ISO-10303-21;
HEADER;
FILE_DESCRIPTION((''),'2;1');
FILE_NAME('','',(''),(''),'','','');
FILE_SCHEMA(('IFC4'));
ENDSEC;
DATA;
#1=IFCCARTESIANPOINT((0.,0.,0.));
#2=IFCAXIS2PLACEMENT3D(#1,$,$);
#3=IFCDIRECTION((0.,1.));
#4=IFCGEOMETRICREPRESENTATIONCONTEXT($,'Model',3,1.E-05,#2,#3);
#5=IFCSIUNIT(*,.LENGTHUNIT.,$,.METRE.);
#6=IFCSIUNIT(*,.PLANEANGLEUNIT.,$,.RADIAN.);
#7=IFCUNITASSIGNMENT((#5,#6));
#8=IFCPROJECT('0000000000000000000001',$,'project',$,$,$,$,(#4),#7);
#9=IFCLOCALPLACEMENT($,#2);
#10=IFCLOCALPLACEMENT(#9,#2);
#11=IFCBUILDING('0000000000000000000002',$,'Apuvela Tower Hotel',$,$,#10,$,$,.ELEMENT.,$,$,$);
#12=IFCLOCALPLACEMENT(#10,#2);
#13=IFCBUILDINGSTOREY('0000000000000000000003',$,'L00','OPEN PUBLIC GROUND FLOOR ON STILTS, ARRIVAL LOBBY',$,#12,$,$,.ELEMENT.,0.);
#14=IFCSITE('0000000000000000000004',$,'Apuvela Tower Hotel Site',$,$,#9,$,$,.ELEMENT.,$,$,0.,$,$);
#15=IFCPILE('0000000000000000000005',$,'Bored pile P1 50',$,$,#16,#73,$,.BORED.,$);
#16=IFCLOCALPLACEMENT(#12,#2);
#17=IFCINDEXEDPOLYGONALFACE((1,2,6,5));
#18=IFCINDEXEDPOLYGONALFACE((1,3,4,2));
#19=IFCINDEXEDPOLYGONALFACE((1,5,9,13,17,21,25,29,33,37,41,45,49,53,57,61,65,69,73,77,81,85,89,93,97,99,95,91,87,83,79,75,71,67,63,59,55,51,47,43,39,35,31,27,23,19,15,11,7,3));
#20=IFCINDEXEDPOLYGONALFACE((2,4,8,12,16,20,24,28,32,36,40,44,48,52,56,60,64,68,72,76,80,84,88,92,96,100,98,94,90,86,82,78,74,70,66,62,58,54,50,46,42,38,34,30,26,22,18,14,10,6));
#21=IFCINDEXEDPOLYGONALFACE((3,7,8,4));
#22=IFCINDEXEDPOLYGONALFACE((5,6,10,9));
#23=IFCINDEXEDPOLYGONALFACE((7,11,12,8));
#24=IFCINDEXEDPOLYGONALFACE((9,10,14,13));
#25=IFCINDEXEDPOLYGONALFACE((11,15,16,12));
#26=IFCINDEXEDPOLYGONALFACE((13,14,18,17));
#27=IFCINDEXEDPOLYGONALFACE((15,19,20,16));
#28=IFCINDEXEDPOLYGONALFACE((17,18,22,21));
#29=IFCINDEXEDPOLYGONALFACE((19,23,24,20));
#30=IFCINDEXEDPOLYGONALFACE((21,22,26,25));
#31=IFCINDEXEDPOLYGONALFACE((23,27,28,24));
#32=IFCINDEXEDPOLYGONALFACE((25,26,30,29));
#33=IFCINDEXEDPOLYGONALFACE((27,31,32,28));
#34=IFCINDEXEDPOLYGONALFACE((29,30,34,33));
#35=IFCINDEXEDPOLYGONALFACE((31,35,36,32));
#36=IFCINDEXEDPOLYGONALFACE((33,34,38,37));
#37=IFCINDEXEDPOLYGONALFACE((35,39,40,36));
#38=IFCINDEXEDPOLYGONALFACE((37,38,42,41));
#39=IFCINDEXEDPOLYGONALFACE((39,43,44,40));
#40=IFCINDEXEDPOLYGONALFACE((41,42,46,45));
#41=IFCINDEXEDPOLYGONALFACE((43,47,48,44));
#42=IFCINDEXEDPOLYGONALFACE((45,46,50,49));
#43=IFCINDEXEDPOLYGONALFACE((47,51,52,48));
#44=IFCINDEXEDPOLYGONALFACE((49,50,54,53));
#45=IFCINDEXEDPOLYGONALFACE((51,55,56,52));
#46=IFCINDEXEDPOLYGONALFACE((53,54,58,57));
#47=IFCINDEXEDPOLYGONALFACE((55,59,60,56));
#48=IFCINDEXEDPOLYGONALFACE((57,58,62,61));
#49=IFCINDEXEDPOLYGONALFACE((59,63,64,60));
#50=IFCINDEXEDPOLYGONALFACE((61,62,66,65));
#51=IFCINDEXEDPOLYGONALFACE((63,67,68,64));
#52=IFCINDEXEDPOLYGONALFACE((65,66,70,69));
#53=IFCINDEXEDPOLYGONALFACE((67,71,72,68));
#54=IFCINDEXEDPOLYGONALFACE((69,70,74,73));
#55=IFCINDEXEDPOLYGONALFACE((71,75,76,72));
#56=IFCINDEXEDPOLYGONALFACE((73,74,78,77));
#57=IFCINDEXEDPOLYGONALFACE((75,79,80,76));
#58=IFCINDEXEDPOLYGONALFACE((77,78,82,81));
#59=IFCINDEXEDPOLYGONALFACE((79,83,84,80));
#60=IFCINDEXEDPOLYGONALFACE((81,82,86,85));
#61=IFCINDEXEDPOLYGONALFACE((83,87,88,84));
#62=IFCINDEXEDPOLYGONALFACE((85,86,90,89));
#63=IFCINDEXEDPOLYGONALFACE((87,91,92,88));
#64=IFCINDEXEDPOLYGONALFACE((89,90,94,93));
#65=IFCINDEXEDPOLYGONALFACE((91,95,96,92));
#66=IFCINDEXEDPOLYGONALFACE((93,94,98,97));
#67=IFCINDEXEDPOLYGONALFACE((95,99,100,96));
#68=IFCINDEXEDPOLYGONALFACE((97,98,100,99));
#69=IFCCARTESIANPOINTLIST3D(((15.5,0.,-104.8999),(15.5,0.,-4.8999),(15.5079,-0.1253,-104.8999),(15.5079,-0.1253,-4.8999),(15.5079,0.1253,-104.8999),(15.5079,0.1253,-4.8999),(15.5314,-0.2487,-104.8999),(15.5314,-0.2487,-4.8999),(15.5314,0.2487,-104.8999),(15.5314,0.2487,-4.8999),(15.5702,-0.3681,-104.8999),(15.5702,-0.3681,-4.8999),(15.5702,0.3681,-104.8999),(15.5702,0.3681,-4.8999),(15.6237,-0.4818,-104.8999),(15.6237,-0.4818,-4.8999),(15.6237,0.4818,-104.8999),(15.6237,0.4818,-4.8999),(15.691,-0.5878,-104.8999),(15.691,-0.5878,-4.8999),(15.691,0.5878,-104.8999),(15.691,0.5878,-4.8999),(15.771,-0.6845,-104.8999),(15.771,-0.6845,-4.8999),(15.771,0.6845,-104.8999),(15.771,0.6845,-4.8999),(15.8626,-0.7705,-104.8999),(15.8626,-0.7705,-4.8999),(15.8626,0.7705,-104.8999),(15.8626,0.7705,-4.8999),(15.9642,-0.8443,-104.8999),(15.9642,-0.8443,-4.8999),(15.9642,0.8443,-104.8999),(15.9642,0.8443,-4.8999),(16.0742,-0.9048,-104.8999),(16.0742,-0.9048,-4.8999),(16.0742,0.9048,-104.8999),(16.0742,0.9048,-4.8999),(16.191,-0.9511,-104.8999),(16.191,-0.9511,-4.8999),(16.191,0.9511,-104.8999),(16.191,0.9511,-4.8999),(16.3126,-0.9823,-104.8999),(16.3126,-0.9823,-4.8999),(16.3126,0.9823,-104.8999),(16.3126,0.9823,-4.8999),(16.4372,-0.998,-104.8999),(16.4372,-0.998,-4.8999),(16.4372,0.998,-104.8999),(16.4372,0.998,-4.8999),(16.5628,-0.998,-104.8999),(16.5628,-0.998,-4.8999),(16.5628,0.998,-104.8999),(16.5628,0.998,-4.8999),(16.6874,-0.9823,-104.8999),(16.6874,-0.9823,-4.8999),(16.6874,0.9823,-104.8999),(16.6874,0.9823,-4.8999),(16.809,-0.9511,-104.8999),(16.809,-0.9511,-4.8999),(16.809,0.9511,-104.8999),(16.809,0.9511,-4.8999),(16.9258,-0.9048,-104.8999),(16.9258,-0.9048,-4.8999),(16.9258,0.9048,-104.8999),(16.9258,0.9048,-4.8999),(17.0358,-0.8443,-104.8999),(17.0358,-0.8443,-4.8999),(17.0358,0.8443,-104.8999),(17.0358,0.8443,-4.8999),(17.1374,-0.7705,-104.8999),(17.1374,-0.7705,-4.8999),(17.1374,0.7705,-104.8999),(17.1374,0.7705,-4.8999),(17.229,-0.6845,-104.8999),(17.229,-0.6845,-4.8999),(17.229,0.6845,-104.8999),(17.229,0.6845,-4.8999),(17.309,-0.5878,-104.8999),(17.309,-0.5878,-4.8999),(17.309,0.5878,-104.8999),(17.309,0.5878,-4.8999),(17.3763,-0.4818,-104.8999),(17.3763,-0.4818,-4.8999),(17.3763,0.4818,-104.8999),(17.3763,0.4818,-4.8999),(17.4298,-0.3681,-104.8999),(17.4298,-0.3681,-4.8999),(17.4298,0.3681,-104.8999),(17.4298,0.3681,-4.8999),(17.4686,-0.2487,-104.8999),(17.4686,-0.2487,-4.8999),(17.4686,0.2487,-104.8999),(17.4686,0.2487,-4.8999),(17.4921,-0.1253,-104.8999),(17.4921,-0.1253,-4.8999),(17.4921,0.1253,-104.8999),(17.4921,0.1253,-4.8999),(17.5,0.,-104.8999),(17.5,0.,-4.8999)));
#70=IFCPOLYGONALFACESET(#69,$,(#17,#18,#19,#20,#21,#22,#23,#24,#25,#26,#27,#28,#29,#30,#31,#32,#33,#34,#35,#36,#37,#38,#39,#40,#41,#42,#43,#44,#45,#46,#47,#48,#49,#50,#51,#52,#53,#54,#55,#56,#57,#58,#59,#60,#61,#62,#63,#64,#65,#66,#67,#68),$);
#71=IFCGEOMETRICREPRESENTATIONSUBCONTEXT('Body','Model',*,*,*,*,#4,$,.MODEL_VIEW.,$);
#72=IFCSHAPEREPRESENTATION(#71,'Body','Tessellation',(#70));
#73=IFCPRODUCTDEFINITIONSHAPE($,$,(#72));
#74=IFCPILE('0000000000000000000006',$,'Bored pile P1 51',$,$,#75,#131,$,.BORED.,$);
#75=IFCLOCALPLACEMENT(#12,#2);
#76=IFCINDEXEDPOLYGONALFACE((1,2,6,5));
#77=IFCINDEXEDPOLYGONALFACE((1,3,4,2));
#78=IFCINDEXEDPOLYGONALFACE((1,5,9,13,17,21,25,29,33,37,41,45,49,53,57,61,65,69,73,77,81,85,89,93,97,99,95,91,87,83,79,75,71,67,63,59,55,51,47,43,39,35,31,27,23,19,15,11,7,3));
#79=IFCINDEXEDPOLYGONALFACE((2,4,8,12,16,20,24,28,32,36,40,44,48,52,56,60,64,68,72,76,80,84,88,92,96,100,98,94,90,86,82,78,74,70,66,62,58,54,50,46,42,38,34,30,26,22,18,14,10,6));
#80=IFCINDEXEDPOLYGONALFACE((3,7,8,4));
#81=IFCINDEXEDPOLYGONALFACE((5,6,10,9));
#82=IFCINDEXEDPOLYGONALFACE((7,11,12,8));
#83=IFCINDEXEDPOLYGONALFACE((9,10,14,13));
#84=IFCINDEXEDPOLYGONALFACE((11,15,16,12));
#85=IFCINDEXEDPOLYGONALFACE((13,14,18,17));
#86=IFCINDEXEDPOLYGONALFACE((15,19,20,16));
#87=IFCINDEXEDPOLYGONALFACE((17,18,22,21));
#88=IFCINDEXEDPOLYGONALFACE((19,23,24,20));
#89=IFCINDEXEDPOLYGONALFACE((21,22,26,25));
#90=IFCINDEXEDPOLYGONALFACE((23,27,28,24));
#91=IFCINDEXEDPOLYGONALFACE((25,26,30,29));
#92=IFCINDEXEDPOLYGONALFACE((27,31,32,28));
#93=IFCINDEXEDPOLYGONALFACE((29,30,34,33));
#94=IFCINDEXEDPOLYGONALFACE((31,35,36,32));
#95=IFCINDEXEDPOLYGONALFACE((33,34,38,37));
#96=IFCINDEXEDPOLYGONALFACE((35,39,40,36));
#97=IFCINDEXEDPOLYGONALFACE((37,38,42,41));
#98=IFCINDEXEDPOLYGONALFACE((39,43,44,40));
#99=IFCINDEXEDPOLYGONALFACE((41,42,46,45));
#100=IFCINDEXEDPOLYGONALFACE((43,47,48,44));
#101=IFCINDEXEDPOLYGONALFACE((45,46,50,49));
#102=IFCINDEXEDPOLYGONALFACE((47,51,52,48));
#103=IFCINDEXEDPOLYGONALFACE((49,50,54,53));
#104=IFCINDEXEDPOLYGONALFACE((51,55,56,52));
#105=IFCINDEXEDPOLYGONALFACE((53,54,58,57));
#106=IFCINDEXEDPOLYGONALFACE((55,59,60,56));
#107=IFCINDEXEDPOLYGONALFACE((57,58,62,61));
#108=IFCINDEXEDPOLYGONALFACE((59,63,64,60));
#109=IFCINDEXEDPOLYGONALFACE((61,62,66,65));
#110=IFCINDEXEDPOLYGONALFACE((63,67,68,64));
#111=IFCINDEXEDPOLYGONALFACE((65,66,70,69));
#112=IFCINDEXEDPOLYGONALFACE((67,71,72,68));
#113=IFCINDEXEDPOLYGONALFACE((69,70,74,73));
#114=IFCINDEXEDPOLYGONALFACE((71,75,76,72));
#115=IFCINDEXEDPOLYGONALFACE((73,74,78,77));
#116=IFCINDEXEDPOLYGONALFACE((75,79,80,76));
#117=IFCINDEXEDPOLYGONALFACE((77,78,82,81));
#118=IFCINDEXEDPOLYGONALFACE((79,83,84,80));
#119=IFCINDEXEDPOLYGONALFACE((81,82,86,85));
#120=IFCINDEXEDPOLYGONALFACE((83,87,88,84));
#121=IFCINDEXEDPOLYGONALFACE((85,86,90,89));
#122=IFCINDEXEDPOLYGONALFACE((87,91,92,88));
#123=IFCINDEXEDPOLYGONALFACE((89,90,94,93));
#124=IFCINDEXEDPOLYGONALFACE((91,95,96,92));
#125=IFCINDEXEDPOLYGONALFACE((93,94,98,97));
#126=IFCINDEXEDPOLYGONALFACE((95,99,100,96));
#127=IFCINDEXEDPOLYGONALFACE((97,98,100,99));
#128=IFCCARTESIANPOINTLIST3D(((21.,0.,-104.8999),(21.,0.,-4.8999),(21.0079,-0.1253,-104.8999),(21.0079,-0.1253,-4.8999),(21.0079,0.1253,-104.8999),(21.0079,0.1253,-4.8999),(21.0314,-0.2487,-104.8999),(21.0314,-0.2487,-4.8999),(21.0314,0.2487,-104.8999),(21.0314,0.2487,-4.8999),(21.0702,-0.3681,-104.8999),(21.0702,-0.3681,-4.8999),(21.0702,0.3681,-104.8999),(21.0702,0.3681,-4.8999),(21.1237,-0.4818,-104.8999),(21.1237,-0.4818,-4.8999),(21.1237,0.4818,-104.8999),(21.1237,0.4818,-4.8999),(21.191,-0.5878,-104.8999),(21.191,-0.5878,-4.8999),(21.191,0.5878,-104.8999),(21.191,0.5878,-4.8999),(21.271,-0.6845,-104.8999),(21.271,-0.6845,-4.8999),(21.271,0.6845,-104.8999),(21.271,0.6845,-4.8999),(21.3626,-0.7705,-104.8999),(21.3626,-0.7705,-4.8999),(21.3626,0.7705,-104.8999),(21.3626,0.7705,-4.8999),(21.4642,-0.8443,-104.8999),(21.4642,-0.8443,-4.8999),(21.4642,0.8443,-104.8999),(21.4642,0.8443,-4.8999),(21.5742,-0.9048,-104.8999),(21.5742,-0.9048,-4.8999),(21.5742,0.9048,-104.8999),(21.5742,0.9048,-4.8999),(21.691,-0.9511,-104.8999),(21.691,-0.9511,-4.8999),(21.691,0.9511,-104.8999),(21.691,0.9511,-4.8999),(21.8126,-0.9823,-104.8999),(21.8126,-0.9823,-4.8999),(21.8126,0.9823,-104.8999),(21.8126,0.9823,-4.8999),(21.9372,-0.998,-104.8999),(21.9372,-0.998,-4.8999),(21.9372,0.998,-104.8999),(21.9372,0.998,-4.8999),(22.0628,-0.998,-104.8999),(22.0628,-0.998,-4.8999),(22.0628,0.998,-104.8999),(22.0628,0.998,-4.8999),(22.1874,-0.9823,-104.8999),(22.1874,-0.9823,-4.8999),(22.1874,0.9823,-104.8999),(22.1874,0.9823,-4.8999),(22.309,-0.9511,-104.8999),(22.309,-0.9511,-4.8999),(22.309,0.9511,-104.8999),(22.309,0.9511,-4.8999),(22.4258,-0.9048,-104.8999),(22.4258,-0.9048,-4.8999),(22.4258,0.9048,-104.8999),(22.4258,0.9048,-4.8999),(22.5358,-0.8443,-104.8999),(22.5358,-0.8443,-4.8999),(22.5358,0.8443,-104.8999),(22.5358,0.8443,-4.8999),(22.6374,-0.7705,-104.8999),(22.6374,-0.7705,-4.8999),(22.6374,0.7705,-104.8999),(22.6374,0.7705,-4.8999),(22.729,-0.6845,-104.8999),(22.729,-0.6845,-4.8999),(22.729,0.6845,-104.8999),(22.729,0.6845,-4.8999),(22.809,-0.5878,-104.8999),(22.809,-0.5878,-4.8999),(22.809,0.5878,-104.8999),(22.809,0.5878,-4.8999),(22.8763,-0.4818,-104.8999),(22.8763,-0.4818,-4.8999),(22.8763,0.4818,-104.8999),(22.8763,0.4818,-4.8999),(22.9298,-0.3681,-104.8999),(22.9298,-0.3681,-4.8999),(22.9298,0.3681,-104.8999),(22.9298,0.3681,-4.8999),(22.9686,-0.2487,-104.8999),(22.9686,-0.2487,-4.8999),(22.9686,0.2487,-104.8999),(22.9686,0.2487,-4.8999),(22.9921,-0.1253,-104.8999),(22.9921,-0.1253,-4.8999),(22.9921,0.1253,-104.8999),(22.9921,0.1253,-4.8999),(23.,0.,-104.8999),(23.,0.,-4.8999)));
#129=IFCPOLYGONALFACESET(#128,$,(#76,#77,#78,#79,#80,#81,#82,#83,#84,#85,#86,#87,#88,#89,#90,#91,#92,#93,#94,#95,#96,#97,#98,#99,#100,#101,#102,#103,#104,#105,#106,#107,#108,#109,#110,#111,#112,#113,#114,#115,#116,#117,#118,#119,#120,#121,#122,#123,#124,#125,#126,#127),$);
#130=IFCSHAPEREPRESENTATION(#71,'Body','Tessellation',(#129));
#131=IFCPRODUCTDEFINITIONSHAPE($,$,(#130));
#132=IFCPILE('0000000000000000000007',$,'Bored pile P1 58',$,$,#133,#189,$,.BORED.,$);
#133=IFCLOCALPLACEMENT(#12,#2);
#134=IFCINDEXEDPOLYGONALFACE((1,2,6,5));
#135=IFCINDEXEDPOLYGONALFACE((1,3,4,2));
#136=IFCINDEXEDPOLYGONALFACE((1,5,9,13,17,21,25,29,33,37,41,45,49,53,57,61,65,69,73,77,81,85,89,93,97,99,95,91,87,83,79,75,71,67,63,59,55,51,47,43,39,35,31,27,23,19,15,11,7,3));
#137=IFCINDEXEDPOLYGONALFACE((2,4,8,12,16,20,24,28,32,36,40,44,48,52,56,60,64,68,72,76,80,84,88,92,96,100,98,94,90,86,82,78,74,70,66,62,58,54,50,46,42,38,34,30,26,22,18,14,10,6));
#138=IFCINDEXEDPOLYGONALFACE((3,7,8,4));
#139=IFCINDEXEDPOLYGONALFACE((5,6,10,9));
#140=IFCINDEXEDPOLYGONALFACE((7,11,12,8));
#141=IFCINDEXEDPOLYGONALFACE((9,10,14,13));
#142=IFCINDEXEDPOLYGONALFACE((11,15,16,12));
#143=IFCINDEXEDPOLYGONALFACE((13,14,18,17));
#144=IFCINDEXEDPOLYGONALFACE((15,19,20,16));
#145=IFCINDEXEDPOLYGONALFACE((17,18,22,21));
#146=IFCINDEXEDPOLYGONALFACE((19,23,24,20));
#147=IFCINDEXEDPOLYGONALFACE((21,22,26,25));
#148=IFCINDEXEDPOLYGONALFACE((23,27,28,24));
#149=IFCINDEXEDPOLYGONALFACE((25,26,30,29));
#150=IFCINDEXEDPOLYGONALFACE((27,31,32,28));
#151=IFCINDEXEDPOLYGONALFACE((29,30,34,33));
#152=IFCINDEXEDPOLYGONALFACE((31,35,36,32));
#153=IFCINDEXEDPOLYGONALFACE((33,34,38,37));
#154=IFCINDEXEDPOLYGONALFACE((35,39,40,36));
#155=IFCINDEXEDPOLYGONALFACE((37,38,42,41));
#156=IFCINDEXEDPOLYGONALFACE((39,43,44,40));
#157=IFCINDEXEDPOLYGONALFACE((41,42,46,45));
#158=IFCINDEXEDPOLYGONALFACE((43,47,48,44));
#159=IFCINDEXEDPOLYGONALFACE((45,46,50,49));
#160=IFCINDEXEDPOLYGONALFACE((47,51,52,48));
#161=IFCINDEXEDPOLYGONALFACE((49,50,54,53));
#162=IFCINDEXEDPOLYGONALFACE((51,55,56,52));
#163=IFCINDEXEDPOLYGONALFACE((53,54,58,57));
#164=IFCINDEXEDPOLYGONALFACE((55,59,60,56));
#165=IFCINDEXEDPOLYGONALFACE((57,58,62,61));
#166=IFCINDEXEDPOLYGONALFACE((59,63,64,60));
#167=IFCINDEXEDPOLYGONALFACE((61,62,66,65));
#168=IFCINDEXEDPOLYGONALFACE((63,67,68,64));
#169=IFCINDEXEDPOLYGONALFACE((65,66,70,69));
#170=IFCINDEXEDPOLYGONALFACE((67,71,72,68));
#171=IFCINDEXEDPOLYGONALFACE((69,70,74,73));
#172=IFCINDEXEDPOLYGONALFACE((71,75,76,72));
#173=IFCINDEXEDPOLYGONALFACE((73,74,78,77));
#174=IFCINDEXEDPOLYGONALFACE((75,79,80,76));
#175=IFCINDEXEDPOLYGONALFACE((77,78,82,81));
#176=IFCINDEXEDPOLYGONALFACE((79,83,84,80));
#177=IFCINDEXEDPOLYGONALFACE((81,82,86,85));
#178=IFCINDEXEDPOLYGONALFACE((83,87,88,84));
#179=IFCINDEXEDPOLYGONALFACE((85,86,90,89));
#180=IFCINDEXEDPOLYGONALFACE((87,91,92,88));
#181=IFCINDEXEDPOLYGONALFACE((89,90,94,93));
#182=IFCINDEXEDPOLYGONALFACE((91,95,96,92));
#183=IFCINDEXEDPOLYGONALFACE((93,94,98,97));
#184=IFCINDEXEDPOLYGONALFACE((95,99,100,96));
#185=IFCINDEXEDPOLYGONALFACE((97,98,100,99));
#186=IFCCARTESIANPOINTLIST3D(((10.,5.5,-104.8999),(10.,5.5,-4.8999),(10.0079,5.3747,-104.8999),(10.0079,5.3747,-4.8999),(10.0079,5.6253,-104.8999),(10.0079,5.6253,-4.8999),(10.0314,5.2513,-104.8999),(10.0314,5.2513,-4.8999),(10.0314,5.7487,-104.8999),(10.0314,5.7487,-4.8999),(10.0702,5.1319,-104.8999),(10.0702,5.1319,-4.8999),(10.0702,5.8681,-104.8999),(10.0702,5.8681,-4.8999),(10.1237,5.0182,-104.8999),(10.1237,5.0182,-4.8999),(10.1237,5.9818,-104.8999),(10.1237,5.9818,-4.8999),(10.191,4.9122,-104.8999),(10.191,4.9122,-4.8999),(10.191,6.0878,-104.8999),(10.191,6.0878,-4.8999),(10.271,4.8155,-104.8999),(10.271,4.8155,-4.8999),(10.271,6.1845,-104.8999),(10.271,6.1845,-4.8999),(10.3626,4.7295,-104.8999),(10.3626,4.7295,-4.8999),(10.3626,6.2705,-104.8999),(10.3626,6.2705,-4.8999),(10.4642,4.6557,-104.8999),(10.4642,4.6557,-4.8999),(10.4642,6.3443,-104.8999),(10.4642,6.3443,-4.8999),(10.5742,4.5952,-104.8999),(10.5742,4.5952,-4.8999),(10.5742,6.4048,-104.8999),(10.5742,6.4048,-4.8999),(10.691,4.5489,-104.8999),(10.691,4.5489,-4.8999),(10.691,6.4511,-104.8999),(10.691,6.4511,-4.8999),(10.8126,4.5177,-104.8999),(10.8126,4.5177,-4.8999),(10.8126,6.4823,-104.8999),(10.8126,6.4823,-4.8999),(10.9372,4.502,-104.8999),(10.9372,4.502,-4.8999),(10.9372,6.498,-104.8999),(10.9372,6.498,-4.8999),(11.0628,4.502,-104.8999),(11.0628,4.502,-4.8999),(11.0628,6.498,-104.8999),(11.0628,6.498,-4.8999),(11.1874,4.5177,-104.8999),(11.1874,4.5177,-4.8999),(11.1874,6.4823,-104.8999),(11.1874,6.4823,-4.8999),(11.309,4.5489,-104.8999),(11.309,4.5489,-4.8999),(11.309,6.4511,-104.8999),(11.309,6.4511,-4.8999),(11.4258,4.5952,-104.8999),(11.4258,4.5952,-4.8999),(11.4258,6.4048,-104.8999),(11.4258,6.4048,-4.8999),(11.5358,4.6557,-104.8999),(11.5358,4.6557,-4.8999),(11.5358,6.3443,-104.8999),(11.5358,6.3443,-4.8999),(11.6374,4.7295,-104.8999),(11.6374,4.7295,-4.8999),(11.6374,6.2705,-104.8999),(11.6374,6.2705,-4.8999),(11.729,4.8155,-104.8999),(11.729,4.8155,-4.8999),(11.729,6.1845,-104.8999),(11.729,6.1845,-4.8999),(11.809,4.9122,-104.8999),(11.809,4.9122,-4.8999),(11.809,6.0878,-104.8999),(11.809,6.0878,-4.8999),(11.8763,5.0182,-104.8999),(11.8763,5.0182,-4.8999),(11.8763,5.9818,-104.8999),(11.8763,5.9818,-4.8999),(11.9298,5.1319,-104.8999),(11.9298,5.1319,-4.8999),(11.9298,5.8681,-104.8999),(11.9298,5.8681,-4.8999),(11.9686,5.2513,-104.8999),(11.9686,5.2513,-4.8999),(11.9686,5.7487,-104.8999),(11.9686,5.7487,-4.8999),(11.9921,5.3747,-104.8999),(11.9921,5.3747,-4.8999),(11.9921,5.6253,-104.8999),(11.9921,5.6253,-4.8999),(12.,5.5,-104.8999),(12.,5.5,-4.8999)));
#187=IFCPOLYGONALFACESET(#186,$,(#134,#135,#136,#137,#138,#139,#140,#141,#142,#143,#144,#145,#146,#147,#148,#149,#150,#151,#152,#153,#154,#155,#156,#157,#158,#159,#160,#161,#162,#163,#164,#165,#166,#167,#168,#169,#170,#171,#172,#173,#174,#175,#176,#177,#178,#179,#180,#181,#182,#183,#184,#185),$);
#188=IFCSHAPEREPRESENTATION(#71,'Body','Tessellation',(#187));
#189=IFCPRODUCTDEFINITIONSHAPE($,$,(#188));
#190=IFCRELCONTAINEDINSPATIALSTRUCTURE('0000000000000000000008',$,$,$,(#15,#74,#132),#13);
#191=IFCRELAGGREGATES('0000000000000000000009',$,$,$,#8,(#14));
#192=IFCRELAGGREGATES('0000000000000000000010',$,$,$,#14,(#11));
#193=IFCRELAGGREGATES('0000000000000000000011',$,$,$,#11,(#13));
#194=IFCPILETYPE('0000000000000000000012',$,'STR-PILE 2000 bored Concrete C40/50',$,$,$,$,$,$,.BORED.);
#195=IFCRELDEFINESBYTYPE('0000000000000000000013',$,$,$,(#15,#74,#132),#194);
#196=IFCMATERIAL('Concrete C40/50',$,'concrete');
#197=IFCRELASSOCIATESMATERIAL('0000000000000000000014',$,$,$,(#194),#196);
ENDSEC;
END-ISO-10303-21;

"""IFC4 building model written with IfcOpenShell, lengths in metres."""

from ifc_helpers import new_model, si_unit, direction, frame, origin, origin_2d, place, context, subcontext, project, spatial, circle, extrude, material, material_profile, profile_set, type_object, element, save


model = new_model("IFC4")

# Units and contexts
model_context = context("Model", 3, precision=1e-05, world=origin(), true_north=direction((0.0, 1.0)))
body_context = subcontext(model_context, "Body", "Model", "MODEL_VIEW")
ifc_project = project(units=[si_unit("LENGTHUNIT", "METRE"), si_unit("PLANEANGLEUNIT", "RADIAN")], contexts=[model_context])

# Site, building, storey
site_placement = place(None, origin())
site = spatial("IfcSite", under=ifc_project, at=site_placement, Name="Apuvela Tower Hotel Site", CompositionType="ELEMENT", RefElevation=0.0)
building_placement = place(site_placement, origin())
building = spatial("IfcBuilding", under=site, at=building_placement, Name="Apuvela Tower Hotel", CompositionType="ELEMENT")
storey_placement = place(building_placement, origin())
storey = spatial("IfcBuildingStorey", under=building, at=storey_placement, Name="L00", Description="OPEN PUBLIC GROUND FLOOR ON STILTS, ARRIVAL LOBBY", CompositionType="ELEMENT", Elevation=0.0)

# Piles
ifc_material_1 = material(Name="Concrete C40/50", Category="concrete")
ifc_material_profile_1 = material_profile(ifc_material_1, circle(Radius=1.0, at=origin_2d()), Name="PILE 2000")
ifc_profile_set_1 = profile_set([ifc_material_profile_1], Name="Concrete C40/50")
pile_type = type_object("IfcPileType", Name="STR-PILE 2000 bored Concrete C40/50", PredefinedType="BORED", material=ifc_profile_set_1)
for number, where, z_axis, x_axis, name in (
    (1, (16.5, 0.0, -4.8999), (0.0, 0.0, -1.0), (1.0, 0.0, 0.0), "Bored pile P1 50"),
    (2, (22.0, 0.0, -4.8999), (0.0, 0.0, -1.0), (1.0, 0.0, 0.0), "Bored pile P1 51"),
    (3, (11.0, 5.5, -4.8999), (0.0, 0.0, -1.0), (1.0, 0.0, 0.0), "Bored pile P1 58"),
):
    element("IfcPile", number, at=place(storey_placement, frame(where, z_axis=z_axis, x_axis=x_axis)), inside=storey, type_object=pile_type, Name=name, PredefinedType="BORED", context=body_context, shape_type="SweptSolid", body=[
        extrude(circle(Radius=1.0, at=origin_2d()), origin(), (0.0, 0.0, 1.0), 100.0),
    ])

save(model, "model.ifc")
